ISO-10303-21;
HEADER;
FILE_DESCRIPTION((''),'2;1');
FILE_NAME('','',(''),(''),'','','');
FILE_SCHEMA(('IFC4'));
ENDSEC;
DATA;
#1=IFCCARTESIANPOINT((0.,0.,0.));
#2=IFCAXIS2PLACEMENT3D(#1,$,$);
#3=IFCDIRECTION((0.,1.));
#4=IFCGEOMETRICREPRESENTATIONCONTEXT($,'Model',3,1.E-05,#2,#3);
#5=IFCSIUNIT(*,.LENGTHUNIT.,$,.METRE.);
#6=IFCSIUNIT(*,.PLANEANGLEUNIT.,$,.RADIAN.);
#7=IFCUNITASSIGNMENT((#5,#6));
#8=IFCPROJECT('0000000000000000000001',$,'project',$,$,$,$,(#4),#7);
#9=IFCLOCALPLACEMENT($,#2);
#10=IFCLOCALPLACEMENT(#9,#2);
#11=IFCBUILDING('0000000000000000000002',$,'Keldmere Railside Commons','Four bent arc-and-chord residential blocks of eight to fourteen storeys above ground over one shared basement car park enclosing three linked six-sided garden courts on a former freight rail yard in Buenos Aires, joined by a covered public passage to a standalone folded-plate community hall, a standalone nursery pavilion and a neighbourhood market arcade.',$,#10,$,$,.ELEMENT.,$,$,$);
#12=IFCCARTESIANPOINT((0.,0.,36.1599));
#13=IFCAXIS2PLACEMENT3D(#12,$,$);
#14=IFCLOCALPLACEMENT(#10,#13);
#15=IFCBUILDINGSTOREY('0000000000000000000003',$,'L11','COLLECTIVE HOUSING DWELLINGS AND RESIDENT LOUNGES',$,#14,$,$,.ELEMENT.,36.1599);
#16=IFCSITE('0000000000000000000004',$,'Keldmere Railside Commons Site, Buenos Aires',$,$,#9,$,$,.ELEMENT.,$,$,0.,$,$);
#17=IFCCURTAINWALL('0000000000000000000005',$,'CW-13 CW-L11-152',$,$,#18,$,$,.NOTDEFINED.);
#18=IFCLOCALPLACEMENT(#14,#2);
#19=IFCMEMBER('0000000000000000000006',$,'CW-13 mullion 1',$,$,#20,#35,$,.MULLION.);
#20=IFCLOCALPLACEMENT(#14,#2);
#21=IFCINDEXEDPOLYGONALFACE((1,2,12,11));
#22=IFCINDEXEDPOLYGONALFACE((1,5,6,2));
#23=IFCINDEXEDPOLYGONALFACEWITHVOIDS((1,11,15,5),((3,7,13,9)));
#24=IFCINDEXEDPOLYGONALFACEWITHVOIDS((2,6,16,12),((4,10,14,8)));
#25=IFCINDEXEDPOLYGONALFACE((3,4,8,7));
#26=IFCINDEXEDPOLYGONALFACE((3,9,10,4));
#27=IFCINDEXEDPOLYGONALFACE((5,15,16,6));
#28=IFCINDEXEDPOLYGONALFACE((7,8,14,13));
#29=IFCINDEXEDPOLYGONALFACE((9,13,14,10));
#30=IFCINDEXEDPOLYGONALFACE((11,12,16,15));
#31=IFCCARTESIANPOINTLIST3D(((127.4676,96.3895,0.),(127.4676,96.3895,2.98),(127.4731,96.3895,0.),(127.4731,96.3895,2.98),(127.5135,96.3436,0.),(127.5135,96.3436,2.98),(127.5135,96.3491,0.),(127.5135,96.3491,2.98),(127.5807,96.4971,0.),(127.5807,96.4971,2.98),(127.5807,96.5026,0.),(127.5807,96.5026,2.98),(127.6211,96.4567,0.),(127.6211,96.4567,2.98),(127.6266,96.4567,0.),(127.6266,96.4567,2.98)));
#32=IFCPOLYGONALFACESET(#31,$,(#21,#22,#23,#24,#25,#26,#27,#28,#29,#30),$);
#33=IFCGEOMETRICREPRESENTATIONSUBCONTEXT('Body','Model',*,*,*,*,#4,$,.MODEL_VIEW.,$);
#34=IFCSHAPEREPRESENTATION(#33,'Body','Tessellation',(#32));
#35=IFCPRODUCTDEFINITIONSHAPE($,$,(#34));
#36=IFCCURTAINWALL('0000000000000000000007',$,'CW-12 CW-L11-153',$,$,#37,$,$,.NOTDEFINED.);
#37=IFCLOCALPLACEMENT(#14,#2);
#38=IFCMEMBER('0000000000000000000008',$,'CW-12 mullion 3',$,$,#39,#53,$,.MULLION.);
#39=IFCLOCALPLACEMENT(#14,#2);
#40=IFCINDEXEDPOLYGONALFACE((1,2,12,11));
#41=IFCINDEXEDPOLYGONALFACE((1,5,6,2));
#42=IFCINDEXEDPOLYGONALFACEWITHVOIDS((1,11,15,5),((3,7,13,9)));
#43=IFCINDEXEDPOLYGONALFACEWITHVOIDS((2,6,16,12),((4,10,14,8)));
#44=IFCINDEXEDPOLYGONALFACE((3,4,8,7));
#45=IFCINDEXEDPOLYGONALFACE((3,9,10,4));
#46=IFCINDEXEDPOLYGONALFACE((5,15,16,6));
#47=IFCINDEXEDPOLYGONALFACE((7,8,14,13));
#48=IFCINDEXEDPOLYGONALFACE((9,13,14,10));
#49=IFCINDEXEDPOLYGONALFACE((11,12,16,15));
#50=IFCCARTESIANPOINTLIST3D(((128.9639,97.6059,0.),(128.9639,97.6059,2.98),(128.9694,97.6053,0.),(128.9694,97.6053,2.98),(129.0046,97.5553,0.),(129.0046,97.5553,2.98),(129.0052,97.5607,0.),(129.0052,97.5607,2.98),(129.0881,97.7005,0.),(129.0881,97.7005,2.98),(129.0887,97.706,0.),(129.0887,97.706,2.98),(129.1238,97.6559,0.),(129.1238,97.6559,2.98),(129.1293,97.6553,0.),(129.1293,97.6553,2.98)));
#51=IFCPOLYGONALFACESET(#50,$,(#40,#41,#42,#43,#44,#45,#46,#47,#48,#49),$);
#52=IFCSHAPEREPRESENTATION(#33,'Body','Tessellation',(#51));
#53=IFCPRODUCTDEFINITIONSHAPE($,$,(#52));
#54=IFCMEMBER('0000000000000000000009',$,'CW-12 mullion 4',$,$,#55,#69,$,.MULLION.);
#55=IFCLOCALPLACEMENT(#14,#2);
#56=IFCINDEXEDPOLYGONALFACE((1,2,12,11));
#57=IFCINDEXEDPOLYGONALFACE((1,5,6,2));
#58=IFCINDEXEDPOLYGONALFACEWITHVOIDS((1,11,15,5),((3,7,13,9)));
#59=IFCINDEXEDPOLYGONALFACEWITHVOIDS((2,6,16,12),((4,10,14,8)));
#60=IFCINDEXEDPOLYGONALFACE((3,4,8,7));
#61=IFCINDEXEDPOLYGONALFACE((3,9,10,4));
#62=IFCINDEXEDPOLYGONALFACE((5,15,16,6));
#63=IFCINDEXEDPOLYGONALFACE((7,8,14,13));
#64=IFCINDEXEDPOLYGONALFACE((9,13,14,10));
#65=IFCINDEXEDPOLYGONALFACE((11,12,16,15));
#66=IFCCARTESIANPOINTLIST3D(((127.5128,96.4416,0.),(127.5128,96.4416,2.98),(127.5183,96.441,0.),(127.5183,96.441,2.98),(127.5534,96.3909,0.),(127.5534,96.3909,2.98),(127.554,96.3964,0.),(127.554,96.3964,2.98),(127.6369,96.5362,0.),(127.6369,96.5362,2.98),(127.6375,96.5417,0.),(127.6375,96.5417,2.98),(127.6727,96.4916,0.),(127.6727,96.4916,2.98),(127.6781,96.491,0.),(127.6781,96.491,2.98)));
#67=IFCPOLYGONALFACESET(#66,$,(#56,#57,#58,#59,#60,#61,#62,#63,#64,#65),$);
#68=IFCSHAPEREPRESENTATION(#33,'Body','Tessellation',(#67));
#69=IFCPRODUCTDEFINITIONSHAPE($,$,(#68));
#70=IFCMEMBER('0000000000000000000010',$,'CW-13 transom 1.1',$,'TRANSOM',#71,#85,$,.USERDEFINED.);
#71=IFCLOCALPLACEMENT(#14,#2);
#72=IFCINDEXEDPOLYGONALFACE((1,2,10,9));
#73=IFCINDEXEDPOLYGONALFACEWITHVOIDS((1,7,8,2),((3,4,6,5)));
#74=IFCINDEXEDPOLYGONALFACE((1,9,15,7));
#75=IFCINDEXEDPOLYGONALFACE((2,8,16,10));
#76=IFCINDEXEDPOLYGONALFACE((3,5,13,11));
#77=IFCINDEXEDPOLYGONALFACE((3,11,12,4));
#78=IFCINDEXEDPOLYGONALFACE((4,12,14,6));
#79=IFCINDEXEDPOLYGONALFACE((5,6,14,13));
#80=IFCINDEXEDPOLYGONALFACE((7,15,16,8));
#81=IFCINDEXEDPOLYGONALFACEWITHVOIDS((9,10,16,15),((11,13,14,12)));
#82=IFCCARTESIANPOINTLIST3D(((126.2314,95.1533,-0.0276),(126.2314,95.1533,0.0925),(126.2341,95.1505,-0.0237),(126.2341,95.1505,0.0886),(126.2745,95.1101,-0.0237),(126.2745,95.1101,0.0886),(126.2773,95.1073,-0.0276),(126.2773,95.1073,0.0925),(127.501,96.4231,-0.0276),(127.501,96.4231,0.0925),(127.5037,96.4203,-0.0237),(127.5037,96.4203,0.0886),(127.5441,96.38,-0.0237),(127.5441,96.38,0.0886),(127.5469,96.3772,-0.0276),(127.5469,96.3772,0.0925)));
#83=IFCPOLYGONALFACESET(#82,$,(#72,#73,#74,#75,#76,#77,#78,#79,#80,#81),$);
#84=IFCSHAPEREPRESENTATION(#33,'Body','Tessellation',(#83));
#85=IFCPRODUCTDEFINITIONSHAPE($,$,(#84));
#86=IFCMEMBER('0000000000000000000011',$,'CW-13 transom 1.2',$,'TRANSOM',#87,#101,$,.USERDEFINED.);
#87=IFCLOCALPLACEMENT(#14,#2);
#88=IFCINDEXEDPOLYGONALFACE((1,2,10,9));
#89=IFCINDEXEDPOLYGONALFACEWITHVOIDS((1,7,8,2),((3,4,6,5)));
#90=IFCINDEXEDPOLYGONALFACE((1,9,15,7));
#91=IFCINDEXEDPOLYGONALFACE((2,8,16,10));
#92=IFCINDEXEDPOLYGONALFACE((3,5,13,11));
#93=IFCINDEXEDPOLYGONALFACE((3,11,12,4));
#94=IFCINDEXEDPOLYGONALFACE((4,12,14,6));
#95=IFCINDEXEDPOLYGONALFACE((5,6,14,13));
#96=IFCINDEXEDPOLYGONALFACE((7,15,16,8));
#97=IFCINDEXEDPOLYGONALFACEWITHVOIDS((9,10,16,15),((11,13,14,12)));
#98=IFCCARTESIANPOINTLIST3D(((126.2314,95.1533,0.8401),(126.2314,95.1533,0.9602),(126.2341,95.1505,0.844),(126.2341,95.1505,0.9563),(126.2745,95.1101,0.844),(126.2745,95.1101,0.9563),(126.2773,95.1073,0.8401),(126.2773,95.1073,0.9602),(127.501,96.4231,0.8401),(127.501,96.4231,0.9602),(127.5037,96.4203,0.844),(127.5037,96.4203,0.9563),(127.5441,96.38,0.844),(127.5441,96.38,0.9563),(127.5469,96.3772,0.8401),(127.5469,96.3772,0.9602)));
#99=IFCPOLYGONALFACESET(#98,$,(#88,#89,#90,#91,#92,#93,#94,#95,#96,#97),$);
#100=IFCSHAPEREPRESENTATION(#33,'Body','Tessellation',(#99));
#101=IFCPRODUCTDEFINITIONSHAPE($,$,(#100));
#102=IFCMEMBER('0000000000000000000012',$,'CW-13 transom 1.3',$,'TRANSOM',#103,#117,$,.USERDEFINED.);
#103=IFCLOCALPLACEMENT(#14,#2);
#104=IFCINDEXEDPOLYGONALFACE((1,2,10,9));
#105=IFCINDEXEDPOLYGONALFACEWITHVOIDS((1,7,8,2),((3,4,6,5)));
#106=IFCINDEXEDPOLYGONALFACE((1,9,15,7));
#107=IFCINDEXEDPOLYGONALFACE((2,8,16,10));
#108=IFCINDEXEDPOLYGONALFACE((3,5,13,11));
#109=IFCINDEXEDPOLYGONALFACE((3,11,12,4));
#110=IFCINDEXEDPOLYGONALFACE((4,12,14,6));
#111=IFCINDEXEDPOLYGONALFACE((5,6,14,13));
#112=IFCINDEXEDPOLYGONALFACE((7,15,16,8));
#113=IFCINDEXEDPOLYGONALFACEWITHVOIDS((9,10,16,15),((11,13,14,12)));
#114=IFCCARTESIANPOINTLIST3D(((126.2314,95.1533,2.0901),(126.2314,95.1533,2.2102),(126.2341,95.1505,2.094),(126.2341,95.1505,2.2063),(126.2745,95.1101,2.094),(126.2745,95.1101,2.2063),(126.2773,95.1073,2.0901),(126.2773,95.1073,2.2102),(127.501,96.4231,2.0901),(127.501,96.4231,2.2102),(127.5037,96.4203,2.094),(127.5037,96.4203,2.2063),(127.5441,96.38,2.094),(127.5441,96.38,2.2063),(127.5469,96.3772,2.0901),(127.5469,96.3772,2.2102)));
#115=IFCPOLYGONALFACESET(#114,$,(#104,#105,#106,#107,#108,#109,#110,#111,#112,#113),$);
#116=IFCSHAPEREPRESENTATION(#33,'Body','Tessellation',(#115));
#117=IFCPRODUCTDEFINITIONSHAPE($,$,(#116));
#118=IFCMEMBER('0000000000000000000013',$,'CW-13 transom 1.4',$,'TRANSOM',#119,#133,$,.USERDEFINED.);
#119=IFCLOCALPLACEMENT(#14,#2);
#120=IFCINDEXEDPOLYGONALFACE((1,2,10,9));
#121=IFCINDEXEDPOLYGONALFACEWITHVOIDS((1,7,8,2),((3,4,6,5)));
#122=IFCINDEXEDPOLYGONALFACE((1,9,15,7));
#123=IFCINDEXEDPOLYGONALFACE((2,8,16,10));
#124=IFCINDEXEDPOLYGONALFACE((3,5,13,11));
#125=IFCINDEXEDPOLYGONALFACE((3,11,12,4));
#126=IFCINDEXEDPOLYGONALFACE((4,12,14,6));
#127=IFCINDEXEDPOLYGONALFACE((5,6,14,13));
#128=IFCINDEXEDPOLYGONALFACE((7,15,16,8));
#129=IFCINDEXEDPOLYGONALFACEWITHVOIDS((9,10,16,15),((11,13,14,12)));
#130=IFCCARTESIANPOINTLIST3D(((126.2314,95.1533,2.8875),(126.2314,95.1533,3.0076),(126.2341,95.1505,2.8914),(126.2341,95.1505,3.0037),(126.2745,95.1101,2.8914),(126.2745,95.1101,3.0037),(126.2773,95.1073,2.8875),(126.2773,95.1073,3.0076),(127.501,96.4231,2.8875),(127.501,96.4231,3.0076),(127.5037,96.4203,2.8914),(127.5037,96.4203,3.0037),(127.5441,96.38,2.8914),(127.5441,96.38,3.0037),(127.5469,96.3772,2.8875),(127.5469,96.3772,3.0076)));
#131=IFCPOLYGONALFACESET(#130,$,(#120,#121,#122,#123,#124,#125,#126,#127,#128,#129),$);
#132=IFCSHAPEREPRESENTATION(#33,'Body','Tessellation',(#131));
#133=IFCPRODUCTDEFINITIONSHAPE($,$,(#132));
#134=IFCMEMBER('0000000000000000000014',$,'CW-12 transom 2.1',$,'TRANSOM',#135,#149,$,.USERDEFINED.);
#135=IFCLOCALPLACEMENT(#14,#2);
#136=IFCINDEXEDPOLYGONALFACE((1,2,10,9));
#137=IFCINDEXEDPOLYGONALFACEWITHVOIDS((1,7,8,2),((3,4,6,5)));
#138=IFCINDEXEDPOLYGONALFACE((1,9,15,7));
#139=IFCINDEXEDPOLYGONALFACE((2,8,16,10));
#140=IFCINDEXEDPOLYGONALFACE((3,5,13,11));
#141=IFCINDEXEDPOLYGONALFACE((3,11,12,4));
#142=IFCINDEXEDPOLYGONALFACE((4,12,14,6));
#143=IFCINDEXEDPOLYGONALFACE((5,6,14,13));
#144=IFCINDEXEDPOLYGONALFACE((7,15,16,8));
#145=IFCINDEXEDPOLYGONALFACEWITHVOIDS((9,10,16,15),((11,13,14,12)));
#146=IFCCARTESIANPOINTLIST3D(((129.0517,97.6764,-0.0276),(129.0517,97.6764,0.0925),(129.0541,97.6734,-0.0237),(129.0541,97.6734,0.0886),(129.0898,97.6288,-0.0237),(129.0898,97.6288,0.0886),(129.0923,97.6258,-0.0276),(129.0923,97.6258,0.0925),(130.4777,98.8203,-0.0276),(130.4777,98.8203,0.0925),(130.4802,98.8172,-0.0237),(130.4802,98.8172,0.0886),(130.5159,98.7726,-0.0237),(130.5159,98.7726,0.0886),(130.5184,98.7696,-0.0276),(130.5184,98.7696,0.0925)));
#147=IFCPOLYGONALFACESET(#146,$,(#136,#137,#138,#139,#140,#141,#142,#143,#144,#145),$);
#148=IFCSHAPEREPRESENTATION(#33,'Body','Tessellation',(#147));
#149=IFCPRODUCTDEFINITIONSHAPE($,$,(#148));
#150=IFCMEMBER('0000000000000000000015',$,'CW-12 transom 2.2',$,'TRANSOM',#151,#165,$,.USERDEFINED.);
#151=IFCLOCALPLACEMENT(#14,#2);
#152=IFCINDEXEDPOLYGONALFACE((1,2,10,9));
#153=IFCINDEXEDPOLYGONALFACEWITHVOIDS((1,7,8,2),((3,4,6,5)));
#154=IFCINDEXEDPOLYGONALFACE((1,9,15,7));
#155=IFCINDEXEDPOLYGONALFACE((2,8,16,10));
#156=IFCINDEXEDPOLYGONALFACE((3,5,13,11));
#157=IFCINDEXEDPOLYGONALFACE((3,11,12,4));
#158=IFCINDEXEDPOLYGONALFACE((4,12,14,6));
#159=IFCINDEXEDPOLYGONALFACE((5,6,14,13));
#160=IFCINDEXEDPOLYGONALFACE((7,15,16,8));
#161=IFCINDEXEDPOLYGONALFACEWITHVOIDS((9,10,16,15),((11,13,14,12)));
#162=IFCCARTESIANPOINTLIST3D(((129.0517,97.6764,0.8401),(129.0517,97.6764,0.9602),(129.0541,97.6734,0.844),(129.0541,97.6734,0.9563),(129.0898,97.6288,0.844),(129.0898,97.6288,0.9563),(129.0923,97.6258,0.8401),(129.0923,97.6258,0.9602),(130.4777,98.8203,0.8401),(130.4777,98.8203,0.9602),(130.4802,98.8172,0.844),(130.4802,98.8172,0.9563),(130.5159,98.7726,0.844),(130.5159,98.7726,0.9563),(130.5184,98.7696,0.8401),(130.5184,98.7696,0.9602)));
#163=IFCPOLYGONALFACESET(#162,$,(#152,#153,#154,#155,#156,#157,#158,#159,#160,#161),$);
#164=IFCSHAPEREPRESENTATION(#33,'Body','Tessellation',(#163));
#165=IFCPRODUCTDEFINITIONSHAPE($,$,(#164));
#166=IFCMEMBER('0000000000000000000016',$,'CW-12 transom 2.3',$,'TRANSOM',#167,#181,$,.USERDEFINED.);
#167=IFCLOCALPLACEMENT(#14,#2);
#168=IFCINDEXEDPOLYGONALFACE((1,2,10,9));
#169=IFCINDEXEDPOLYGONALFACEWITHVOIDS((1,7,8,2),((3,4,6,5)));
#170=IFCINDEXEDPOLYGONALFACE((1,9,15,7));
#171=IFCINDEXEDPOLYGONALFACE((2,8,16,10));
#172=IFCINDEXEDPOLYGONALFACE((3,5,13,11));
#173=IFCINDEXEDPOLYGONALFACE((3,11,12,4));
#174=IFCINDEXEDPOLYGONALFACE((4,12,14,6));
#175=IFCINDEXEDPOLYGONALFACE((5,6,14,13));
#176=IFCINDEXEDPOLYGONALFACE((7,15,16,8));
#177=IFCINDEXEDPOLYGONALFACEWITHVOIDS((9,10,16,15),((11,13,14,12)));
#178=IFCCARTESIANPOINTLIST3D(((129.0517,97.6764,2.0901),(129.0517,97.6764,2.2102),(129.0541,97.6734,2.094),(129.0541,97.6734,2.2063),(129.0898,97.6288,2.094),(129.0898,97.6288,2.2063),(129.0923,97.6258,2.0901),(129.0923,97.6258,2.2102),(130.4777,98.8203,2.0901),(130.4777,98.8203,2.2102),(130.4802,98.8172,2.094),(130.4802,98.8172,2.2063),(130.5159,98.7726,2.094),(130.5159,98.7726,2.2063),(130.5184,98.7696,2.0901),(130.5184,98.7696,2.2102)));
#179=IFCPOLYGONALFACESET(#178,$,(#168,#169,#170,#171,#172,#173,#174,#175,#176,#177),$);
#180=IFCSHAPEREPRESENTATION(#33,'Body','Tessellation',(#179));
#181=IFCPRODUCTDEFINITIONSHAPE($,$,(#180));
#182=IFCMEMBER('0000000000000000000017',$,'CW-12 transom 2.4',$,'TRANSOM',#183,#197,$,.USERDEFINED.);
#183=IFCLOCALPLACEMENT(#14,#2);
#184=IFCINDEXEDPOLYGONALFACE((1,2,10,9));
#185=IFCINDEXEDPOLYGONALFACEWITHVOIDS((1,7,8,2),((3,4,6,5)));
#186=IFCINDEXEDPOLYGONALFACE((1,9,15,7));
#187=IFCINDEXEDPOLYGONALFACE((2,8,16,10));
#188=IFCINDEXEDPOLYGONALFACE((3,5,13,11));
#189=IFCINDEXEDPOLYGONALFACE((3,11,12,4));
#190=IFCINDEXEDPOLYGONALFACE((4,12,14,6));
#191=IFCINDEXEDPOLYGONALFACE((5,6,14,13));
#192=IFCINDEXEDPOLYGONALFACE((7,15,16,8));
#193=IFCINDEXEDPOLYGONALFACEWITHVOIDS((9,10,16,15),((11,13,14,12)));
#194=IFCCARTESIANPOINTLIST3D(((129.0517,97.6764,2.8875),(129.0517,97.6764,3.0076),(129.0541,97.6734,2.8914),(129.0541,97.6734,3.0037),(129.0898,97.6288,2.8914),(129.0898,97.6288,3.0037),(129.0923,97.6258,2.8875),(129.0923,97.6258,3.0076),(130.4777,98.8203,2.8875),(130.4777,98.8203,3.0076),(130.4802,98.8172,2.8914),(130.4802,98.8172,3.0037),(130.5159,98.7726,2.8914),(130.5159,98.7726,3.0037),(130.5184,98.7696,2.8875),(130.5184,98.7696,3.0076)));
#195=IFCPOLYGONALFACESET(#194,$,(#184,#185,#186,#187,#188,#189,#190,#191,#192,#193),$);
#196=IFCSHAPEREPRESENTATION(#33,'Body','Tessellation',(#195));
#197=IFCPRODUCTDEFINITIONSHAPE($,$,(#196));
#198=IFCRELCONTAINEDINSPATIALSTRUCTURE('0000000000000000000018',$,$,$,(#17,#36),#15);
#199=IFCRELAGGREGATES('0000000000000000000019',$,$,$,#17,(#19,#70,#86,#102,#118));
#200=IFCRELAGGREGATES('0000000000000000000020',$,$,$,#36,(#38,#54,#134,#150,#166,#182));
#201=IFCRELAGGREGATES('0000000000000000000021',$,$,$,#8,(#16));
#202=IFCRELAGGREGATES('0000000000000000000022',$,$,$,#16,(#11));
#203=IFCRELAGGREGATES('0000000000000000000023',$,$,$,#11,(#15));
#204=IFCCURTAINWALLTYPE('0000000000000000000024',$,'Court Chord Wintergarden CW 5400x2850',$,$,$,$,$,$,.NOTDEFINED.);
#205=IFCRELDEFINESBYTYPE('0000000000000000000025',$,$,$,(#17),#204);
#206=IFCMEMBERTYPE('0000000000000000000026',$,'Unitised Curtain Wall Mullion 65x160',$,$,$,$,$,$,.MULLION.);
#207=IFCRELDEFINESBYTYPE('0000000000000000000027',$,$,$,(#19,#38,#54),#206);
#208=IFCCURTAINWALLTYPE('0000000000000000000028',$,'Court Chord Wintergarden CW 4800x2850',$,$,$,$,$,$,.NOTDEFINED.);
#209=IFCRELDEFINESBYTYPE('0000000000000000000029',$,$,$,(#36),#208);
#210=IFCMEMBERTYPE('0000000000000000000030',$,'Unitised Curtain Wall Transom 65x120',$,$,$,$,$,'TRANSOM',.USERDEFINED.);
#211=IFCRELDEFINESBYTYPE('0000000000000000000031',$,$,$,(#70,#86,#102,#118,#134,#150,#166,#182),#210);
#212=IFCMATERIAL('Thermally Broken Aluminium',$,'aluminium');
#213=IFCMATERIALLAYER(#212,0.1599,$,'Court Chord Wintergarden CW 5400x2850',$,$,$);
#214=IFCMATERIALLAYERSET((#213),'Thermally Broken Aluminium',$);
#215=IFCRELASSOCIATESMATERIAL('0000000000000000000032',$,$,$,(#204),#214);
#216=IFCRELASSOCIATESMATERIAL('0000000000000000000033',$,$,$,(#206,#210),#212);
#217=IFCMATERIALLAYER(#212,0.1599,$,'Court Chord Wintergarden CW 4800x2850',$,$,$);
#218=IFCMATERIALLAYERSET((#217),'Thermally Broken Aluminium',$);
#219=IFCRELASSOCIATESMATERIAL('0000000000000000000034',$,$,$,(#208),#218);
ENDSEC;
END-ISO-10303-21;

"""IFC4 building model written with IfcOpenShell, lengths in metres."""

from ifc_helpers import new_model, si_unit, direction, frame, origin, origin_2d, place, context, subcontext, project, spatial, hollow_rectangle, extrude, material, layer, layer_set, material_profile, profile_set, type_object, element, aggregate, save


model = new_model("IFC4")

# Units and contexts
model_context = context("Model", 3, precision=1e-05, world=origin(), true_north=direction((0.0, 1.0)))
body_context = subcontext(model_context, "Body", "Model", "MODEL_VIEW")
ifc_project = project(units=[si_unit("LENGTHUNIT", "METRE"), si_unit("PLANEANGLEUNIT", "RADIAN")], contexts=[model_context])

# Site, building, storey
site_placement = place(None, origin())
site = spatial("IfcSite", under=ifc_project, at=site_placement, Name="Keldmere Railside Commons Site, Buenos Aires", CompositionType="ELEMENT", RefElevation=0.0)
building_placement = place(site_placement, origin())
building = spatial("IfcBuilding", under=site, at=building_placement, Name="Keldmere Railside Commons", Description="Four bent arc-and-chord residential blocks of eight to fourteen storeys above ground over one shared basement car park enclosing three linked six-sided garden courts on a former freight rail yard in Buenos Aires, joined by a covered public passage to a standalone folded-plate community hall, a standalone nursery pavilion and a neighbourhood market arcade.", CompositionType="ELEMENT")
storey_placement = place(building_placement, frame((0.0, 0.0, 36.1599)))
storey = spatial("IfcBuildingStorey", under=building, at=storey_placement, Name="L11", Description="COLLECTIVE HOUSING DWELLINGS AND RESIDENT LOUNGES", CompositionType="ELEMENT", Elevation=36.1599)

# Curtain wall, member
ifc_material_1 = material(Name="Thermally Broken Aluminium", Category="aluminium")
ifc_layer_1 = layer(ifc_material_1, 0.1599, Name="Court Chord Wintergarden CW 5400x2850")
ifc_layer_set_1 = layer_set([ifc_layer_1], Name="Thermally Broken Aluminium")
curtain_wall_type_1 = type_object("IfcCurtainWallType", Name="Court Chord Wintergarden CW 5400x2850", PredefinedType="NOTDEFINED", material=ifc_layer_set_1)
curtain_wall_1_placement = place(storey_placement, origin())
curtain_wall_1 = element("IfcCurtainWall", 1, at=curtain_wall_1_placement, inside=storey, type_object=curtain_wall_type_1, Name="CW-13 CW-L11-152", PredefinedType="NOTDEFINED")
ifc_material_profile_1 = material_profile(ifc_material_1, hollow_rectangle(XDim=0.0649, YDim=0.1599, WallThickness=0.0039, at=origin_2d()), Name="ALU-MULL-65x160")
ifc_profile_set_1 = profile_set([ifc_material_profile_1], Name="Thermally Broken Aluminium")
member_type_1 = type_object("IfcMemberType", Name="Unitised Curtain Wall Mullion 65x160", PredefinedType="MULLION", material=ifc_profile_set_1)
member_1_placement = place(storey_placement, frame((127.5471, 96.4231, 0.0), z_axis=(0.0, 0.0, 1.0), x_axis=(0.707107, -0.707107, 0.0)))
member_1 = element("IfcMember", 2, at=member_1_placement, type_object=member_type_1, Name="CW-13 mullion 1", PredefinedType="MULLION", context=body_context, shape_type="SweptSolid", body=[
    extrude(hollow_rectangle(XDim=0.0649, YDim=0.1599, WallThickness=0.0039, at=origin_2d()), origin(), (0.0, 0.0, 1.0), 2.98),
])

# Curtain wall, members
ifc_layer_2 = layer(ifc_material_1, 0.1599, Name="Court Chord Wintergarden CW 4800x2850")
ifc_layer_set_2 = layer_set([ifc_layer_2], Name="Thermally Broken Aluminium")
curtain_wall_type_2 = type_object("IfcCurtainWallType", Name="Court Chord Wintergarden CW 4800x2850", PredefinedType="NOTDEFINED", material=ifc_layer_set_2)
curtain_wall_2_placement = place(storey_placement, origin())
curtain_wall_2 = element("IfcCurtainWall", 3, at=curtain_wall_2_placement, inside=storey, type_object=curtain_wall_type_2, Name="CW-12 CW-L11-153", PredefinedType="NOTDEFINED")
member_2_placement = place(storey_placement, frame((129.0466, 97.6306, 0.0), z_axis=(0.0, 0.0, 1.0), x_axis=(0.625768, -0.780009, 0.0)))
member_2 = element("IfcMember", 4, at=member_2_placement, type_object=member_type_1, Name="CW-12 mullion 3", PredefinedType="MULLION", context=body_context, shape_type="SweptSolid", body=[
    extrude(hollow_rectangle(XDim=0.0649, YDim=0.1599, WallThickness=0.0039, at=origin_2d()), origin(), (0.0, 0.0, 1.0), 2.98),
])
member_3_placement = place(storey_placement, frame((127.5955, 96.4663, 0.0), z_axis=(0.0, 0.0, 1.0), x_axis=(0.625768, -0.780009, 0.0)))
member_3 = element("IfcMember", 5, at=member_3_placement, type_object=member_type_1, Name="CW-12 mullion 4", PredefinedType="MULLION", context=body_context, shape_type="SweptSolid", body=[
    extrude(hollow_rectangle(XDim=0.0649, YDim=0.1599, WallThickness=0.0039, at=origin_2d()), origin(), (0.0, 0.0, 1.0), 2.98),
])

# Members
ifc_material_profile_2 = material_profile(ifc_material_1, hollow_rectangle(XDim=0.0649, YDim=0.1201, WallThickness=0.0039, at=origin_2d()), Name="ALU-TRAN-65x120")
ifc_profile_set_2 = profile_set([ifc_material_profile_2], Name="Thermally Broken Aluminium")
member_type_2 = type_object("IfcMemberType", Name="Unitised Curtain Wall Transom 65x120", ElementType="TRANSOM", PredefinedType="USERDEFINED", material=ifc_profile_set_2)
member_4_placement = place(storey_placement, frame((127.5239, 96.4001, 0.0325), z_axis=(-0.707039, -0.707175, 0.0), x_axis=(0.707175, -0.707039, 0.0)))
member_4 = element("IfcMember", 6, at=member_4_placement, type_object=member_type_2, Name="CW-13 transom 1.1", ObjectType="TRANSOM", PredefinedType="USERDEFINED", context=body_context, shape_type="SweptSolid", body=[
    extrude(hollow_rectangle(XDim=0.0649, YDim=0.1201, WallThickness=0.0039, at=origin_2d()), origin(), (0.0, 0.0, 1.0), 1.7957),
])
member_5_placement = place(storey_placement, frame((127.5239, 96.4001, 0.9001), z_axis=(-0.707039, -0.707175, 0.0), x_axis=(0.707175, -0.707039, 0.0)))
member_5 = element("IfcMember", 7, at=member_5_placement, type_object=member_type_2, Name="CW-13 transom 1.2", ObjectType="TRANSOM", PredefinedType="USERDEFINED", context=body_context, shape_type="SweptSolid", body=[
    extrude(hollow_rectangle(XDim=0.0649, YDim=0.1201, WallThickness=0.0039, at=origin_2d()), origin(), (0.0, 0.0, 1.0), 1.7957),
])
member_6_placement = place(storey_placement, frame((127.5239, 96.4001, 2.1501), z_axis=(-0.707039, -0.707175, 0.0), x_axis=(0.707175, -0.707039, 0.0)))
member_6 = element("IfcMember", 8, at=member_6_placement, type_object=member_type_2, Name="CW-13 transom 1.3", ObjectType="TRANSOM", PredefinedType="USERDEFINED", context=body_context, shape_type="SweptSolid", body=[
    extrude(hollow_rectangle(XDim=0.0649, YDim=0.1201, WallThickness=0.0039, at=origin_2d()), origin(), (0.0, 0.0, 1.0), 1.7957),
])
member_7_placement = place(storey_placement, frame((127.5239, 96.4001, 2.9475), z_axis=(-0.707039, -0.707175, 0.0), x_axis=(0.707175, -0.707039, 0.0)))
member_7 = element("IfcMember", 9, at=member_7_placement, type_object=member_type_2, Name="CW-13 transom 1.4", ObjectType="TRANSOM", PredefinedType="USERDEFINED", context=body_context, shape_type="SweptSolid", body=[
    extrude(hollow_rectangle(XDim=0.0649, YDim=0.1201, WallThickness=0.0039, at=origin_2d()), origin(), (0.0, 0.0, 1.0), 1.7957),
])
member_8_placement = place(storey_placement, frame((130.498, 98.7949, 0.0325), z_axis=(-0.780073, -0.625688, 0.0), x_axis=(0.625688, -0.780073, 0.0)))
member_8 = element("IfcMember", 10, at=member_8_placement, type_object=member_type_2, Name="CW-12 transom 2.1", ObjectType="TRANSOM", PredefinedType="USERDEFINED", context=body_context, shape_type="SweptSolid", body=[
    extrude(hollow_rectangle(XDim=0.0649, YDim=0.1201, WallThickness=0.0039, at=origin_2d()), origin(), (0.0, 0.0, 1.0), 1.8281),
])
member_9_placement = place(storey_placement, frame((130.498, 98.7949, 0.9001), z_axis=(-0.780073, -0.625688, 0.0), x_axis=(0.625688, -0.780073, 0.0)))
member_9 = element("IfcMember", 11, at=member_9_placement, type_object=member_type_2, Name="CW-12 transom 2.2", ObjectType="TRANSOM", PredefinedType="USERDEFINED", context=body_context, shape_type="SweptSolid", body=[
    extrude(hollow_rectangle(XDim=0.0649, YDim=0.1201, WallThickness=0.0039, at=origin_2d()), origin(), (0.0, 0.0, 1.0), 1.8281),
])
member_10_placement = place(storey_placement, frame((130.498, 98.7949, 2.1501), z_axis=(-0.780073, -0.625688, 0.0), x_axis=(0.625688, -0.780073, 0.0)))
member_10 = element("IfcMember", 12, at=member_10_placement, type_object=member_type_2, Name="CW-12 transom 2.3", ObjectType="TRANSOM", PredefinedType="USERDEFINED", context=body_context, shape_type="SweptSolid", body=[
    extrude(hollow_rectangle(XDim=0.0649, YDim=0.1201, WallThickness=0.0039, at=origin_2d()), origin(), (0.0, 0.0, 1.0), 1.8281),
])
member_11_placement = place(storey_placement, frame((130.498, 98.7949, 2.9475), z_axis=(-0.780073, -0.625688, 0.0), x_axis=(0.625688, -0.780073, 0.0)))
member_11 = element("IfcMember", 13, at=member_11_placement, type_object=member_type_2, Name="CW-12 transom 2.4", ObjectType="TRANSOM", PredefinedType="USERDEFINED", context=body_context, shape_type="SweptSolid", body=[
    extrude(hollow_rectangle(XDim=0.0649, YDim=0.1201, WallThickness=0.0039, at=origin_2d()), origin(), (0.0, 0.0, 1.0), 1.8281),
])

aggregate(curtain_wall_1, [member_1, member_4, member_5, member_6, member_7])
aggregate(curtain_wall_2, [member_2, member_3, member_8, member_9, member_10, member_11])

save(model, "model.ifc")
